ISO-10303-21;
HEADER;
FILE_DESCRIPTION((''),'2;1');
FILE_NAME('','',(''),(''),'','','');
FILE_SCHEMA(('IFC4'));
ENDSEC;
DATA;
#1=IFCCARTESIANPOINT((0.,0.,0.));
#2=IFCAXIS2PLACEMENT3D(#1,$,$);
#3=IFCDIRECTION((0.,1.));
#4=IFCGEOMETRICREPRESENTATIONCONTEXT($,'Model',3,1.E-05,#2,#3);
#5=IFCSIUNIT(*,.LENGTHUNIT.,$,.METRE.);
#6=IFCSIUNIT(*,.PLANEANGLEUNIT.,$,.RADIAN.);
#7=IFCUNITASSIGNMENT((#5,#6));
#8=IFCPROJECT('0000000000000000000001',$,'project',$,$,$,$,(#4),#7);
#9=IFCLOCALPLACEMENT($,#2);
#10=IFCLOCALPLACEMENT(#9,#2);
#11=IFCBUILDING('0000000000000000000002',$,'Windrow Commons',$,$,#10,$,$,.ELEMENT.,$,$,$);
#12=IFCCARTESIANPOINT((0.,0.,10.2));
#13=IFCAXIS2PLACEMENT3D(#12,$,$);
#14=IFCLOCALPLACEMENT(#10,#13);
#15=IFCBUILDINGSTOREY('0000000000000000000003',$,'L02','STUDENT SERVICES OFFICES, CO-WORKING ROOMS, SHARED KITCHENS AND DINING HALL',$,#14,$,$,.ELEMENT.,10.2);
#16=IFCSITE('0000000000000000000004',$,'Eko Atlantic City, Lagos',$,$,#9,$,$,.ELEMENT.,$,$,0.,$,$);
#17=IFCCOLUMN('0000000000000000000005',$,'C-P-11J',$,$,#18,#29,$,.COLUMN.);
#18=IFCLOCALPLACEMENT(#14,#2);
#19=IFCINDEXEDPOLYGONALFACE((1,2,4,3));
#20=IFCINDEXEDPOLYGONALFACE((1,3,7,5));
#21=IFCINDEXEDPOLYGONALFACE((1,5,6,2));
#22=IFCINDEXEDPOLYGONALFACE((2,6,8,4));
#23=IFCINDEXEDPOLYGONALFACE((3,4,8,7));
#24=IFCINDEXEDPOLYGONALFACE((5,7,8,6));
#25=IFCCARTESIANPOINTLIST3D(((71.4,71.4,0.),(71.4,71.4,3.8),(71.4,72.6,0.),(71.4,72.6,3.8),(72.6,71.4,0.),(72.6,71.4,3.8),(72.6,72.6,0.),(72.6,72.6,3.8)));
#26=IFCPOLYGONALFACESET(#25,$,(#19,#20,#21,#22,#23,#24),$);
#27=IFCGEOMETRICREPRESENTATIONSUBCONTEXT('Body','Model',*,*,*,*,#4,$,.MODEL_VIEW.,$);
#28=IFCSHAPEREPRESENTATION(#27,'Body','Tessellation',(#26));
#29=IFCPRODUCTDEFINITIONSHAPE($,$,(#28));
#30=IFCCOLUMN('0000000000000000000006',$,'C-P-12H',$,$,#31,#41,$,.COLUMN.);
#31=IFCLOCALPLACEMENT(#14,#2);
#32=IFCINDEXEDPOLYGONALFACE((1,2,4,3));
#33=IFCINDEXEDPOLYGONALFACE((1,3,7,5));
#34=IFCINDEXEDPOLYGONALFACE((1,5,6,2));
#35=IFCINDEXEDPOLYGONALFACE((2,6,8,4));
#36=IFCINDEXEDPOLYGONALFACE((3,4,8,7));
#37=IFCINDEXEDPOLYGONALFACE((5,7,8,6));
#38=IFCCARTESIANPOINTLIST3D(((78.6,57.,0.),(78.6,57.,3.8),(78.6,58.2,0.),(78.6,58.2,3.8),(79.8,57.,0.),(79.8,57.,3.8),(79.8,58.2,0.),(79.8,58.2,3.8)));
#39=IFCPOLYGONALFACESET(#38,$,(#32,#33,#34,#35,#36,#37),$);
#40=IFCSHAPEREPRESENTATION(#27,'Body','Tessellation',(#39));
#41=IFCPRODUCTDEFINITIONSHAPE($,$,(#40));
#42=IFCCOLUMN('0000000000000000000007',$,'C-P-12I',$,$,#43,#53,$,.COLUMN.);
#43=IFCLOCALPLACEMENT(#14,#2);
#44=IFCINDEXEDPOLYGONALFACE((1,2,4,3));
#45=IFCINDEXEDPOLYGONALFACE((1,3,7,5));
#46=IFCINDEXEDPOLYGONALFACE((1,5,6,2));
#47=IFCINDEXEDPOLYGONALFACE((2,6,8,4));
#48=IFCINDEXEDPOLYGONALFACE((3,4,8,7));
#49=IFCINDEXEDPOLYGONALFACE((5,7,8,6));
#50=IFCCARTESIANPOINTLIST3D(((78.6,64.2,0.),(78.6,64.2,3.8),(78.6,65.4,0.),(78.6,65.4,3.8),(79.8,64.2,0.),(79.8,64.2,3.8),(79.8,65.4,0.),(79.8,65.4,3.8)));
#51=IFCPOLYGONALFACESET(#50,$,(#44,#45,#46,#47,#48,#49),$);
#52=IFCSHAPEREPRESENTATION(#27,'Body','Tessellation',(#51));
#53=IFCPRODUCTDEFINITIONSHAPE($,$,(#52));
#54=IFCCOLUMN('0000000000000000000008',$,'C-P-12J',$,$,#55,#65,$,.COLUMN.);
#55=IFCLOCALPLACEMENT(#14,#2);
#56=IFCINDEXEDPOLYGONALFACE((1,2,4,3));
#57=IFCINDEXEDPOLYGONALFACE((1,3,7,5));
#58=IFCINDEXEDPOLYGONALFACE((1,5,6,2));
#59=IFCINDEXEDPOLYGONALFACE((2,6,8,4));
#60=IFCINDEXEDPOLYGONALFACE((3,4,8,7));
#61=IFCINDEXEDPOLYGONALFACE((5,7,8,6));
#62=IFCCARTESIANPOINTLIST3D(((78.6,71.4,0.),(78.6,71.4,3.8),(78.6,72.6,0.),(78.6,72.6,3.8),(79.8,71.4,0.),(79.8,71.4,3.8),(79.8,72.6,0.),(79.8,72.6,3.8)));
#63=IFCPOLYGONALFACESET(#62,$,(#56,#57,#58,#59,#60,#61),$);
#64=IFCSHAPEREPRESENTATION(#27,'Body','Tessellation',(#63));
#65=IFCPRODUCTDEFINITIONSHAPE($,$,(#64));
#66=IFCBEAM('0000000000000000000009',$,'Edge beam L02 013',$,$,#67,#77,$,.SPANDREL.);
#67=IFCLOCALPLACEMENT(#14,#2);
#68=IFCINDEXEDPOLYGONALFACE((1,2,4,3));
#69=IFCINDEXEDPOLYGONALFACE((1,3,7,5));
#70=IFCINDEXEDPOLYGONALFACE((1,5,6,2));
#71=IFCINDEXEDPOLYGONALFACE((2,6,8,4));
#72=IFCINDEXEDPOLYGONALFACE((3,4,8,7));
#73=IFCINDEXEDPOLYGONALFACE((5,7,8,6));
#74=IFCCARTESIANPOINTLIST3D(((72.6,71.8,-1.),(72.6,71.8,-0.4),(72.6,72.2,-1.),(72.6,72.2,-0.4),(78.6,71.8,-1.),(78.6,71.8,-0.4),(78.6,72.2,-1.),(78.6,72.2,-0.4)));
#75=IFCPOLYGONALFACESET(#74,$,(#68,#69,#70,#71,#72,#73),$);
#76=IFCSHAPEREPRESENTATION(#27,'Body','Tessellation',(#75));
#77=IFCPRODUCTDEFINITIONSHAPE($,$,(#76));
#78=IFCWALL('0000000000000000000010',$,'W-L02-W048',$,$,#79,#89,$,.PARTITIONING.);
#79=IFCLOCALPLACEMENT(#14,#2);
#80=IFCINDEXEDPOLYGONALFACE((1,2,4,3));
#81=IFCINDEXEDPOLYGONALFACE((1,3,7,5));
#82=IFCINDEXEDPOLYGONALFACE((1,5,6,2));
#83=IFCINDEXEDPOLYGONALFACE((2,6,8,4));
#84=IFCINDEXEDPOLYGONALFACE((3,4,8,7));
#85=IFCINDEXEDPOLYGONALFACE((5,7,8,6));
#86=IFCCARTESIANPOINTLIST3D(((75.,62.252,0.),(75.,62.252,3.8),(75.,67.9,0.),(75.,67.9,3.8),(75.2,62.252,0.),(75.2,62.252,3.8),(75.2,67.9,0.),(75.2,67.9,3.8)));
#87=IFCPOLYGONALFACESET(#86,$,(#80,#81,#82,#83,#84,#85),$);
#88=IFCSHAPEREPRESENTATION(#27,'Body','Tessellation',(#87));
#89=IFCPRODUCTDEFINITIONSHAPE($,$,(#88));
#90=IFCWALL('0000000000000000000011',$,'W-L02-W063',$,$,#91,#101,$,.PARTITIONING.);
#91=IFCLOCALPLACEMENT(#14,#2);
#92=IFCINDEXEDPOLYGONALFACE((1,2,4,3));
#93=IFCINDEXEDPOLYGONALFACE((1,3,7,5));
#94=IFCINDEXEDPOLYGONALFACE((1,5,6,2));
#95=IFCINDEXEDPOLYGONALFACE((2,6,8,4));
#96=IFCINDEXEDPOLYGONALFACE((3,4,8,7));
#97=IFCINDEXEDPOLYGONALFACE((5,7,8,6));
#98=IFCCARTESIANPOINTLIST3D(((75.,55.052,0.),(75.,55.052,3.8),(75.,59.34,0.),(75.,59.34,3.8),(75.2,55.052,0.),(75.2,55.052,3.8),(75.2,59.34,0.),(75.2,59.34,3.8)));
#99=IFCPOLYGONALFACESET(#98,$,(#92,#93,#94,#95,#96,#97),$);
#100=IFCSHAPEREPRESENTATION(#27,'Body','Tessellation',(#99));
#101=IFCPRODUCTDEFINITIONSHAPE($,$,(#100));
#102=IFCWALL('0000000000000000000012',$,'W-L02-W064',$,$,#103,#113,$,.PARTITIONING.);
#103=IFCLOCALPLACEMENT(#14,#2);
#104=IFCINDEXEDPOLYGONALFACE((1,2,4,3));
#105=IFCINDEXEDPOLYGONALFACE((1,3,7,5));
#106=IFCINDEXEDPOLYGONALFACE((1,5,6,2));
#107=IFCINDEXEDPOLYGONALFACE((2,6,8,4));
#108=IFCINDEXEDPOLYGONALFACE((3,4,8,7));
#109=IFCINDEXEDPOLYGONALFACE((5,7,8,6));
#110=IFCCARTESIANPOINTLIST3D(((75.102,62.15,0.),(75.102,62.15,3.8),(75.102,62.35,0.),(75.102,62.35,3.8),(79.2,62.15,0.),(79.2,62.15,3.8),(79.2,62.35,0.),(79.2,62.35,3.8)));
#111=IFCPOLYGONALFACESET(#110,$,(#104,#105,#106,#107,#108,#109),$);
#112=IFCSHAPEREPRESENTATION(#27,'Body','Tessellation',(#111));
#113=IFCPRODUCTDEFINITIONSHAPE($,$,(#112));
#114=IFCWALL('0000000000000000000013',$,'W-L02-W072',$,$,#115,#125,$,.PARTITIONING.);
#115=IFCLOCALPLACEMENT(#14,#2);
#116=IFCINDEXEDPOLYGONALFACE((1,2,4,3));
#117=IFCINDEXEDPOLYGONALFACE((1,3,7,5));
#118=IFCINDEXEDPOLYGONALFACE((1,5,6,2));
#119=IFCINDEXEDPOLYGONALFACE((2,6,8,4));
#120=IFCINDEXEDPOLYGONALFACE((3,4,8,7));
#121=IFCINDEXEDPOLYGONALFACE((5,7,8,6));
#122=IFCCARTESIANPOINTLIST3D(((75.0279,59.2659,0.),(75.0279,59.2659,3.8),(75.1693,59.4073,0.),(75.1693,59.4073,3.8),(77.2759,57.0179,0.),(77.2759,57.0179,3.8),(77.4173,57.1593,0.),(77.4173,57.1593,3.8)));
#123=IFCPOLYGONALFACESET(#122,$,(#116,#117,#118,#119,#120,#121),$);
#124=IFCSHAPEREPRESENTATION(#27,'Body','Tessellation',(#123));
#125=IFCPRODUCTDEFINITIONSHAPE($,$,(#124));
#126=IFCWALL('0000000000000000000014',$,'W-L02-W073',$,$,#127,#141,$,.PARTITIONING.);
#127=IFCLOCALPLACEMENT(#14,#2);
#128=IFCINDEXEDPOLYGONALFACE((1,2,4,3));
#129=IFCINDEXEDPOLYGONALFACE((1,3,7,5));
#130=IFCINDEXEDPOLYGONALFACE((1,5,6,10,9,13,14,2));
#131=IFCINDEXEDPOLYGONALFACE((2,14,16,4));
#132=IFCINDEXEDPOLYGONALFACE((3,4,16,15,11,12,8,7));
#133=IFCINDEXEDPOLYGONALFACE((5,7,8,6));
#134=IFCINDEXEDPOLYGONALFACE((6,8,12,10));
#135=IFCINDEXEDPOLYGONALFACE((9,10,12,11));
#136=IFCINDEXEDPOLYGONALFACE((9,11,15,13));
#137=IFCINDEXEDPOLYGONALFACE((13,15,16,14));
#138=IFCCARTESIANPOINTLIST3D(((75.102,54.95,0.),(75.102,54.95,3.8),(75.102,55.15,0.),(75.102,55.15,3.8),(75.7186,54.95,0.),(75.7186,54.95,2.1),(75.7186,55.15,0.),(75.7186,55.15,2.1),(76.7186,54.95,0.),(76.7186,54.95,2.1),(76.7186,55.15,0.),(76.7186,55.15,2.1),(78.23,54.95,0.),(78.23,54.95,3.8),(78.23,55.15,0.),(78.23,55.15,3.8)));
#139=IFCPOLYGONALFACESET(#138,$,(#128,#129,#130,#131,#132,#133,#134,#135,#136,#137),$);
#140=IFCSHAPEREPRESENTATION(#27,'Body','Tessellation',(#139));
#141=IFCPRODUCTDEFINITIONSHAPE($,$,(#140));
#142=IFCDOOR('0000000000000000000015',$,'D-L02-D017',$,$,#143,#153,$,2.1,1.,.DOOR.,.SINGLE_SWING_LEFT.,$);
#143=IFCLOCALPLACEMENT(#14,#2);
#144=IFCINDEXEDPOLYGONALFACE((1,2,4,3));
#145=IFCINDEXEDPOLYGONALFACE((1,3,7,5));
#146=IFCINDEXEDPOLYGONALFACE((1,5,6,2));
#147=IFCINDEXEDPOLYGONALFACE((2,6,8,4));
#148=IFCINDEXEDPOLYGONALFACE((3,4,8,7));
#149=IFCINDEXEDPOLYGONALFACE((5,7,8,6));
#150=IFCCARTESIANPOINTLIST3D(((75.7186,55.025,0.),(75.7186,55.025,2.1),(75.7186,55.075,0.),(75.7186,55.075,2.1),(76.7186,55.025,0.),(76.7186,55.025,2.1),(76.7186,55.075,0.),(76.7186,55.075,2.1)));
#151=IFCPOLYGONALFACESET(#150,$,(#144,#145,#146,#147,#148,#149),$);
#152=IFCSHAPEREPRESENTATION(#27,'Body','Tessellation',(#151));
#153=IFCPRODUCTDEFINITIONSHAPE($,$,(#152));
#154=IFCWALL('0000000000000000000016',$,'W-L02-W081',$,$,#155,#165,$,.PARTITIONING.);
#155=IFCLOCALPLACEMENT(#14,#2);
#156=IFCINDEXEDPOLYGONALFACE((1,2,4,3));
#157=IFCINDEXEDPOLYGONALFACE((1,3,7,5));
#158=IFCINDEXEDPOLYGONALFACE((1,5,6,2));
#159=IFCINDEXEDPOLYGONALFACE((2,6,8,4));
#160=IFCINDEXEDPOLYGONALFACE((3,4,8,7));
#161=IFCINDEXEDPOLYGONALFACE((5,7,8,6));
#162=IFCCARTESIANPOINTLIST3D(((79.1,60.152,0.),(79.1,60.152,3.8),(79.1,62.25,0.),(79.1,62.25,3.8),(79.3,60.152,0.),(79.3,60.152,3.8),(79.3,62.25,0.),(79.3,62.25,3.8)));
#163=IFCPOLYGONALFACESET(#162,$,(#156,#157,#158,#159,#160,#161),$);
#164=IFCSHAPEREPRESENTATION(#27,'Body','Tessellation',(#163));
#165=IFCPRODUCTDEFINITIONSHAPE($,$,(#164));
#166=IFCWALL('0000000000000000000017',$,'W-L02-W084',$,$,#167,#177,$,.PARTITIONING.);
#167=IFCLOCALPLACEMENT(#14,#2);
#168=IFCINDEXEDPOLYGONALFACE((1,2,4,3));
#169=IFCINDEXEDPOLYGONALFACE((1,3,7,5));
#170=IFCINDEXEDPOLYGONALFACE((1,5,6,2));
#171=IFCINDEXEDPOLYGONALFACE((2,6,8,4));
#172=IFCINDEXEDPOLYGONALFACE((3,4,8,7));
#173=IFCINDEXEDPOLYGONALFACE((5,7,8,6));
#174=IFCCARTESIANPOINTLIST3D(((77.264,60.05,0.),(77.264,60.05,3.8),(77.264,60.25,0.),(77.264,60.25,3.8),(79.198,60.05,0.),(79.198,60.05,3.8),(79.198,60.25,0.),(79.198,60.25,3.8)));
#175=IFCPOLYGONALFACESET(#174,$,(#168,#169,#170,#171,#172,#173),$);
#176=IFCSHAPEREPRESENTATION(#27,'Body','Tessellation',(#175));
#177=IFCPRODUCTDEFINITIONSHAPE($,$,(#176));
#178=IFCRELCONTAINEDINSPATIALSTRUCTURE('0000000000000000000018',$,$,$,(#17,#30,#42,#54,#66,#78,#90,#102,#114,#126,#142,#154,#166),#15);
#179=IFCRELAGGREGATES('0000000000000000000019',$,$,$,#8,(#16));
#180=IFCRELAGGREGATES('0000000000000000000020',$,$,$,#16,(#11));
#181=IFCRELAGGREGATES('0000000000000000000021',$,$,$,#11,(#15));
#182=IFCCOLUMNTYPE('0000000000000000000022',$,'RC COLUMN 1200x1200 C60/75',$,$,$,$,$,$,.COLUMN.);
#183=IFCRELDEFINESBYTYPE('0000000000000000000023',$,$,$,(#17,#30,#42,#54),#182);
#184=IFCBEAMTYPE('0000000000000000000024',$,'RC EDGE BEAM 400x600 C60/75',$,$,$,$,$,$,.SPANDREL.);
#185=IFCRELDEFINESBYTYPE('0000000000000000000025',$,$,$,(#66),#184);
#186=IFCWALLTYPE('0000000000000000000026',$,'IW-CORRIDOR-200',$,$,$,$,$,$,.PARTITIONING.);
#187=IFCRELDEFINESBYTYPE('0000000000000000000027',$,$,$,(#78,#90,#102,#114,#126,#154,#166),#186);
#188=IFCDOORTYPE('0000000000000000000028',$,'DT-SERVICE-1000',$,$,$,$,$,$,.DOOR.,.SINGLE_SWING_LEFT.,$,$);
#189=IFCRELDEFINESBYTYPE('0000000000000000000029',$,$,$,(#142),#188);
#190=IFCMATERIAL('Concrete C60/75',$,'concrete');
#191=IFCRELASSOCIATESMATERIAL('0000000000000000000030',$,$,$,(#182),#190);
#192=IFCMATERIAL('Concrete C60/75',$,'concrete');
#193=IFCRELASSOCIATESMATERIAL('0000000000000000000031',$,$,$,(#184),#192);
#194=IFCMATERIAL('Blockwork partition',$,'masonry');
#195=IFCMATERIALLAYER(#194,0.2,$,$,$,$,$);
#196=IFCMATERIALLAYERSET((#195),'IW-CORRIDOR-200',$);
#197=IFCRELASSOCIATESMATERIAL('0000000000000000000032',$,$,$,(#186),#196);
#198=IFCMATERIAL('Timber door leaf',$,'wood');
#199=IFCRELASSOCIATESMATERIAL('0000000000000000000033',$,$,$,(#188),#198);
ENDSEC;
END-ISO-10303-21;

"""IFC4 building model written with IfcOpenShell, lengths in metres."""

from ifc_helpers import new_model, si_unit, direction, frame, frame_2d, origin, origin_2d, place, context, subcontext, project, spatial, rectangle, extrude, material, layer, layer_set, material_profile, profile_set, type_object, element, fill, save


model = new_model("IFC4")

# Units and contexts
model_context = context("Model", 3, precision=1e-05, world=origin(), true_north=direction((0.0, 1.0)))
body_context = subcontext(model_context, "Body", "Model", "MODEL_VIEW")
ifc_project = project(units=[si_unit("LENGTHUNIT", "METRE"), si_unit("PLANEANGLEUNIT", "RADIAN")], contexts=[model_context])

# Site, building, storey
site_placement = place(None, origin())
site = spatial("IfcSite", under=ifc_project, at=site_placement, Name="Eko Atlantic City, Lagos", CompositionType="ELEMENT", RefElevation=0.0)
building_placement = place(site_placement, origin())
building = spatial("IfcBuilding", under=site, at=building_placement, Name="Windrow Commons", CompositionType="ELEMENT")
storey_placement = place(building_placement, frame((0.0, 0.0, 10.2)))
storey = spatial("IfcBuildingStorey", under=building, at=storey_placement, Name="L02", Description="STUDENT SERVICES OFFICES, CO-WORKING ROOMS, SHARED KITCHENS AND DINING HALL", CompositionType="ELEMENT", Elevation=10.2)

# Columns
ifc_material_1 = material(Name="Concrete C60/75", Category="concrete")
ifc_material_profile_1 = material_profile(ifc_material_1, rectangle(XDim=1.2, YDim=1.2, at=origin_2d()))
ifc_profile_set_1 = profile_set([ifc_material_profile_1], Name="Concrete C60/75")
column_type = type_object("IfcColumnType", Name="RC COLUMN 1200x1200 C60/75", PredefinedType="COLUMN", material=ifc_profile_set_1)
for number, where, z_axis, x_axis, name in (
    (1, (72.0, 72.0, 0.0), (0.0, 0.0, 1.0), (1.0, 0.0, 0.0), "C-P-11J"),
    (2, (79.2, 57.6, 0.0), (0.0, 0.0, 1.0), (1.0, 0.0, 0.0), "C-P-12H"),
    (3, (79.2, 64.8, 0.0), (0.0, 0.0, 1.0), (1.0, 0.0, 0.0), "C-P-12I"),
    (4, (79.2, 72.0, 0.0), (0.0, 0.0, 1.0), (1.0, 0.0, 0.0), "C-P-12J"),
):
    element("IfcColumn", number, at=place(storey_placement, frame(where, z_axis=z_axis, x_axis=x_axis)), inside=storey, type_object=column_type, Name=name, PredefinedType="COLUMN", context=body_context, shape_type="SweptSolid", body=[
        extrude(rectangle(XDim=1.2, YDim=1.2, at=origin_2d()), origin(), (0.0, 0.0, 1.0), 3.8),
    ])

# Beam
ifc_material_2 = material(Name="Concrete C60/75", Category="concrete")
ifc_material_profile_2 = material_profile(ifc_material_2, rectangle(XDim=0.4, YDim=0.6, at=origin_2d()))
ifc_profile_set_2 = profile_set([ifc_material_profile_2], Name="Concrete C60/75")
beam_type = type_object("IfcBeamType", Name="RC EDGE BEAM 400x600 C60/75", PredefinedType="SPANDREL", material=ifc_profile_set_2)
beam_placement = place(storey_placement, frame((72.6, 72.0, -0.7), z_axis=(1.0, 0.0, 0.0), x_axis=(0.0, 1.0, 0.0)))
element("IfcBeam", 5, at=beam_placement, inside=storey, type_object=beam_type, Name="Edge beam L02 013", PredefinedType="SPANDREL", context=body_context, shape_type="SweptSolid", body=[
    extrude(rectangle(XDim=0.4, YDim=0.6, at=origin_2d()), origin(), (0.0, 0.0, 1.0), 6.0),
])

# Walls
ifc_material_3 = material(Name="Blockwork partition", Category="masonry")
ifc_layer_1 = layer(ifc_material_3, 0.2)
ifc_layer_set_1 = layer_set([ifc_layer_1], Name="IW-CORRIDOR-200")
wall_type_1 = type_object("IfcWallType", Name="IW-CORRIDOR-200", PredefinedType="PARTITIONING", material=ifc_layer_set_1)
wall_1_placement = place(storey_placement, frame((75.1, 62.252, 0.0), z_axis=(0.0, 0.0, 1.0), x_axis=(0.0, 1.0, 0.0)))
element("IfcWall", 6, at=wall_1_placement, inside=storey, type_object=wall_type_1, Name="W-L02-W048", PredefinedType="PARTITIONING", context=body_context, shape_type="SweptSolid", body=[
    extrude(rectangle(XDim=5.648, YDim=0.2, at=frame_2d((2.824, 0.0))), origin(), (0.0, 0.0, 1.0), 3.8),
])
wall_2_placement = place(storey_placement, frame((75.1, 55.052, 0.0), z_axis=(0.0, 0.0, 1.0), x_axis=(0.0, 1.0, 0.0)))
element("IfcWall", 7, at=wall_2_placement, inside=storey, type_object=wall_type_1, Name="W-L02-W063", PredefinedType="PARTITIONING", context=body_context, shape_type="SweptSolid", body=[
    extrude(rectangle(XDim=4.288, YDim=0.2, at=frame_2d((2.144, 0.0))), origin(), (0.0, 0.0, 1.0), 3.8),
])
wall_3_placement = place(storey_placement, frame((75.102, 62.25, 0.0), z_axis=(0.0, 0.0, 1.0), x_axis=(1.0, 0.0, 0.0)))
element("IfcWall", 8, at=wall_3_placement, inside=storey, type_object=wall_type_1, Name="W-L02-W064", PredefinedType="PARTITIONING", context=body_context, shape_type="SweptSolid", body=[
    extrude(rectangle(XDim=4.098, YDim=0.2, at=frame_2d((2.049, 0.0))), origin(), (0.0, 0.0, 1.0), 3.8),
])
wall_4_placement = place(storey_placement, frame((75.0986, 59.3366, 0.0), z_axis=(0.0, 0.0, 1.0), x_axis=(0.707107, -0.707107, 0.0)))
element("IfcWall", 9, at=wall_4_placement, inside=storey, type_object=wall_type_1, Name="W-L02-W072", PredefinedType="PARTITIONING", context=body_context, shape_type="SweptSolid", body=[
    extrude(rectangle(XDim=3.1792, YDim=0.2, at=frame_2d((1.5896, 0.0))), origin(), (0.0, 0.0, 1.0), 3.8),
])

# Wall, opening, door
wall_5_placement = place(storey_placement, frame((75.102, 55.05, 0.0), z_axis=(0.0, 0.0, 1.0), x_axis=(1.0, 0.0, 0.0)))
wall_5 = element("IfcWall", 10, at=wall_5_placement, inside=storey, type_object=wall_type_1, Name="W-L02-W073", PredefinedType="PARTITIONING", context=body_context, shape_type="SweptSolid", body=[
    extrude(rectangle(XDim=3.128, YDim=0.2, at=frame_2d((1.564, 0.0))), origin(), (0.0, 0.0, 1.0), 3.8),
])
opening_1_placement = place(wall_5_placement, frame((0.6166, 0.0, 0.0)))
opening_1 = element("IfcOpeningElement", 11, at=opening_1_placement, cuts=wall_5, PredefinedType="OPENING", context=body_context, shape_type="SweptSolid", body=[
    extrude(rectangle(XDim=1.0, YDim=2.1, at=frame_2d((0.5, 1.05))), frame((0.0, 0.11, 0.0), z_axis=(0.0, -1.0, 0.0), x_axis=(1.0, 0.0, 0.0)), (0.0, 0.0, 1.0), 0.22),
])
ifc_material_4 = material(Name="Timber door leaf", Category="wood")
door_type_1 = type_object("IfcDoorType", Name="DT-SERVICE-1000", OperationType="SINGLE_SWING_LEFT", PredefinedType="DOOR", material=ifc_material_4)
door_1_placement = place(opening_1_placement, origin())
door_1 = element("IfcDoor", 12, at=door_1_placement, inside=storey, type_object=door_type_1, Name="D-L02-D017", OperationType="SINGLE_SWING_LEFT", OverallHeight=2.1, OverallWidth=1.0, PredefinedType="DOOR", context=body_context, shape_type="SweptSolid", body=[
    extrude(rectangle(XDim=1.0, YDim=2.1, at=frame_2d((0.5, 1.05))), frame((0.0, 0.025, 0.0), z_axis=(0.0, -1.0, 0.0), x_axis=(1.0, 0.0, 0.0)), (0.0, 0.0, 1.0), 0.05),
])
fill(opening_1, door_1)

# Walls
wall_6_placement = place(storey_placement, frame((79.2, 60.152, 0.0), z_axis=(0.0, 0.0, 1.0), x_axis=(0.0, 1.0, 0.0)))
element("IfcWall", 13, at=wall_6_placement, inside=storey, type_object=wall_type_1, Name="W-L02-W081", PredefinedType="PARTITIONING", context=body_context, shape_type="SweptSolid", body=[
    extrude(rectangle(XDim=2.098, YDim=0.2, at=frame_2d((1.049, 0.0))), origin(), (0.0, 0.0, 1.0), 3.8),
])
wall_7_placement = place(storey_placement, frame((77.264, 60.15, 0.0), z_axis=(0.0, 0.0, 1.0), x_axis=(1.0, 0.0, 0.0)))
element("IfcWall", 14, at=wall_7_placement, inside=storey, type_object=wall_type_1, Name="W-L02-W084", PredefinedType="PARTITIONING", context=body_context, shape_type="SweptSolid", body=[
    extrude(rectangle(XDim=1.934, YDim=0.2, at=frame_2d((0.967, 0.0))), origin(), (0.0, 0.0, 1.0), 3.8),
])

save(model, "model.ifc")
